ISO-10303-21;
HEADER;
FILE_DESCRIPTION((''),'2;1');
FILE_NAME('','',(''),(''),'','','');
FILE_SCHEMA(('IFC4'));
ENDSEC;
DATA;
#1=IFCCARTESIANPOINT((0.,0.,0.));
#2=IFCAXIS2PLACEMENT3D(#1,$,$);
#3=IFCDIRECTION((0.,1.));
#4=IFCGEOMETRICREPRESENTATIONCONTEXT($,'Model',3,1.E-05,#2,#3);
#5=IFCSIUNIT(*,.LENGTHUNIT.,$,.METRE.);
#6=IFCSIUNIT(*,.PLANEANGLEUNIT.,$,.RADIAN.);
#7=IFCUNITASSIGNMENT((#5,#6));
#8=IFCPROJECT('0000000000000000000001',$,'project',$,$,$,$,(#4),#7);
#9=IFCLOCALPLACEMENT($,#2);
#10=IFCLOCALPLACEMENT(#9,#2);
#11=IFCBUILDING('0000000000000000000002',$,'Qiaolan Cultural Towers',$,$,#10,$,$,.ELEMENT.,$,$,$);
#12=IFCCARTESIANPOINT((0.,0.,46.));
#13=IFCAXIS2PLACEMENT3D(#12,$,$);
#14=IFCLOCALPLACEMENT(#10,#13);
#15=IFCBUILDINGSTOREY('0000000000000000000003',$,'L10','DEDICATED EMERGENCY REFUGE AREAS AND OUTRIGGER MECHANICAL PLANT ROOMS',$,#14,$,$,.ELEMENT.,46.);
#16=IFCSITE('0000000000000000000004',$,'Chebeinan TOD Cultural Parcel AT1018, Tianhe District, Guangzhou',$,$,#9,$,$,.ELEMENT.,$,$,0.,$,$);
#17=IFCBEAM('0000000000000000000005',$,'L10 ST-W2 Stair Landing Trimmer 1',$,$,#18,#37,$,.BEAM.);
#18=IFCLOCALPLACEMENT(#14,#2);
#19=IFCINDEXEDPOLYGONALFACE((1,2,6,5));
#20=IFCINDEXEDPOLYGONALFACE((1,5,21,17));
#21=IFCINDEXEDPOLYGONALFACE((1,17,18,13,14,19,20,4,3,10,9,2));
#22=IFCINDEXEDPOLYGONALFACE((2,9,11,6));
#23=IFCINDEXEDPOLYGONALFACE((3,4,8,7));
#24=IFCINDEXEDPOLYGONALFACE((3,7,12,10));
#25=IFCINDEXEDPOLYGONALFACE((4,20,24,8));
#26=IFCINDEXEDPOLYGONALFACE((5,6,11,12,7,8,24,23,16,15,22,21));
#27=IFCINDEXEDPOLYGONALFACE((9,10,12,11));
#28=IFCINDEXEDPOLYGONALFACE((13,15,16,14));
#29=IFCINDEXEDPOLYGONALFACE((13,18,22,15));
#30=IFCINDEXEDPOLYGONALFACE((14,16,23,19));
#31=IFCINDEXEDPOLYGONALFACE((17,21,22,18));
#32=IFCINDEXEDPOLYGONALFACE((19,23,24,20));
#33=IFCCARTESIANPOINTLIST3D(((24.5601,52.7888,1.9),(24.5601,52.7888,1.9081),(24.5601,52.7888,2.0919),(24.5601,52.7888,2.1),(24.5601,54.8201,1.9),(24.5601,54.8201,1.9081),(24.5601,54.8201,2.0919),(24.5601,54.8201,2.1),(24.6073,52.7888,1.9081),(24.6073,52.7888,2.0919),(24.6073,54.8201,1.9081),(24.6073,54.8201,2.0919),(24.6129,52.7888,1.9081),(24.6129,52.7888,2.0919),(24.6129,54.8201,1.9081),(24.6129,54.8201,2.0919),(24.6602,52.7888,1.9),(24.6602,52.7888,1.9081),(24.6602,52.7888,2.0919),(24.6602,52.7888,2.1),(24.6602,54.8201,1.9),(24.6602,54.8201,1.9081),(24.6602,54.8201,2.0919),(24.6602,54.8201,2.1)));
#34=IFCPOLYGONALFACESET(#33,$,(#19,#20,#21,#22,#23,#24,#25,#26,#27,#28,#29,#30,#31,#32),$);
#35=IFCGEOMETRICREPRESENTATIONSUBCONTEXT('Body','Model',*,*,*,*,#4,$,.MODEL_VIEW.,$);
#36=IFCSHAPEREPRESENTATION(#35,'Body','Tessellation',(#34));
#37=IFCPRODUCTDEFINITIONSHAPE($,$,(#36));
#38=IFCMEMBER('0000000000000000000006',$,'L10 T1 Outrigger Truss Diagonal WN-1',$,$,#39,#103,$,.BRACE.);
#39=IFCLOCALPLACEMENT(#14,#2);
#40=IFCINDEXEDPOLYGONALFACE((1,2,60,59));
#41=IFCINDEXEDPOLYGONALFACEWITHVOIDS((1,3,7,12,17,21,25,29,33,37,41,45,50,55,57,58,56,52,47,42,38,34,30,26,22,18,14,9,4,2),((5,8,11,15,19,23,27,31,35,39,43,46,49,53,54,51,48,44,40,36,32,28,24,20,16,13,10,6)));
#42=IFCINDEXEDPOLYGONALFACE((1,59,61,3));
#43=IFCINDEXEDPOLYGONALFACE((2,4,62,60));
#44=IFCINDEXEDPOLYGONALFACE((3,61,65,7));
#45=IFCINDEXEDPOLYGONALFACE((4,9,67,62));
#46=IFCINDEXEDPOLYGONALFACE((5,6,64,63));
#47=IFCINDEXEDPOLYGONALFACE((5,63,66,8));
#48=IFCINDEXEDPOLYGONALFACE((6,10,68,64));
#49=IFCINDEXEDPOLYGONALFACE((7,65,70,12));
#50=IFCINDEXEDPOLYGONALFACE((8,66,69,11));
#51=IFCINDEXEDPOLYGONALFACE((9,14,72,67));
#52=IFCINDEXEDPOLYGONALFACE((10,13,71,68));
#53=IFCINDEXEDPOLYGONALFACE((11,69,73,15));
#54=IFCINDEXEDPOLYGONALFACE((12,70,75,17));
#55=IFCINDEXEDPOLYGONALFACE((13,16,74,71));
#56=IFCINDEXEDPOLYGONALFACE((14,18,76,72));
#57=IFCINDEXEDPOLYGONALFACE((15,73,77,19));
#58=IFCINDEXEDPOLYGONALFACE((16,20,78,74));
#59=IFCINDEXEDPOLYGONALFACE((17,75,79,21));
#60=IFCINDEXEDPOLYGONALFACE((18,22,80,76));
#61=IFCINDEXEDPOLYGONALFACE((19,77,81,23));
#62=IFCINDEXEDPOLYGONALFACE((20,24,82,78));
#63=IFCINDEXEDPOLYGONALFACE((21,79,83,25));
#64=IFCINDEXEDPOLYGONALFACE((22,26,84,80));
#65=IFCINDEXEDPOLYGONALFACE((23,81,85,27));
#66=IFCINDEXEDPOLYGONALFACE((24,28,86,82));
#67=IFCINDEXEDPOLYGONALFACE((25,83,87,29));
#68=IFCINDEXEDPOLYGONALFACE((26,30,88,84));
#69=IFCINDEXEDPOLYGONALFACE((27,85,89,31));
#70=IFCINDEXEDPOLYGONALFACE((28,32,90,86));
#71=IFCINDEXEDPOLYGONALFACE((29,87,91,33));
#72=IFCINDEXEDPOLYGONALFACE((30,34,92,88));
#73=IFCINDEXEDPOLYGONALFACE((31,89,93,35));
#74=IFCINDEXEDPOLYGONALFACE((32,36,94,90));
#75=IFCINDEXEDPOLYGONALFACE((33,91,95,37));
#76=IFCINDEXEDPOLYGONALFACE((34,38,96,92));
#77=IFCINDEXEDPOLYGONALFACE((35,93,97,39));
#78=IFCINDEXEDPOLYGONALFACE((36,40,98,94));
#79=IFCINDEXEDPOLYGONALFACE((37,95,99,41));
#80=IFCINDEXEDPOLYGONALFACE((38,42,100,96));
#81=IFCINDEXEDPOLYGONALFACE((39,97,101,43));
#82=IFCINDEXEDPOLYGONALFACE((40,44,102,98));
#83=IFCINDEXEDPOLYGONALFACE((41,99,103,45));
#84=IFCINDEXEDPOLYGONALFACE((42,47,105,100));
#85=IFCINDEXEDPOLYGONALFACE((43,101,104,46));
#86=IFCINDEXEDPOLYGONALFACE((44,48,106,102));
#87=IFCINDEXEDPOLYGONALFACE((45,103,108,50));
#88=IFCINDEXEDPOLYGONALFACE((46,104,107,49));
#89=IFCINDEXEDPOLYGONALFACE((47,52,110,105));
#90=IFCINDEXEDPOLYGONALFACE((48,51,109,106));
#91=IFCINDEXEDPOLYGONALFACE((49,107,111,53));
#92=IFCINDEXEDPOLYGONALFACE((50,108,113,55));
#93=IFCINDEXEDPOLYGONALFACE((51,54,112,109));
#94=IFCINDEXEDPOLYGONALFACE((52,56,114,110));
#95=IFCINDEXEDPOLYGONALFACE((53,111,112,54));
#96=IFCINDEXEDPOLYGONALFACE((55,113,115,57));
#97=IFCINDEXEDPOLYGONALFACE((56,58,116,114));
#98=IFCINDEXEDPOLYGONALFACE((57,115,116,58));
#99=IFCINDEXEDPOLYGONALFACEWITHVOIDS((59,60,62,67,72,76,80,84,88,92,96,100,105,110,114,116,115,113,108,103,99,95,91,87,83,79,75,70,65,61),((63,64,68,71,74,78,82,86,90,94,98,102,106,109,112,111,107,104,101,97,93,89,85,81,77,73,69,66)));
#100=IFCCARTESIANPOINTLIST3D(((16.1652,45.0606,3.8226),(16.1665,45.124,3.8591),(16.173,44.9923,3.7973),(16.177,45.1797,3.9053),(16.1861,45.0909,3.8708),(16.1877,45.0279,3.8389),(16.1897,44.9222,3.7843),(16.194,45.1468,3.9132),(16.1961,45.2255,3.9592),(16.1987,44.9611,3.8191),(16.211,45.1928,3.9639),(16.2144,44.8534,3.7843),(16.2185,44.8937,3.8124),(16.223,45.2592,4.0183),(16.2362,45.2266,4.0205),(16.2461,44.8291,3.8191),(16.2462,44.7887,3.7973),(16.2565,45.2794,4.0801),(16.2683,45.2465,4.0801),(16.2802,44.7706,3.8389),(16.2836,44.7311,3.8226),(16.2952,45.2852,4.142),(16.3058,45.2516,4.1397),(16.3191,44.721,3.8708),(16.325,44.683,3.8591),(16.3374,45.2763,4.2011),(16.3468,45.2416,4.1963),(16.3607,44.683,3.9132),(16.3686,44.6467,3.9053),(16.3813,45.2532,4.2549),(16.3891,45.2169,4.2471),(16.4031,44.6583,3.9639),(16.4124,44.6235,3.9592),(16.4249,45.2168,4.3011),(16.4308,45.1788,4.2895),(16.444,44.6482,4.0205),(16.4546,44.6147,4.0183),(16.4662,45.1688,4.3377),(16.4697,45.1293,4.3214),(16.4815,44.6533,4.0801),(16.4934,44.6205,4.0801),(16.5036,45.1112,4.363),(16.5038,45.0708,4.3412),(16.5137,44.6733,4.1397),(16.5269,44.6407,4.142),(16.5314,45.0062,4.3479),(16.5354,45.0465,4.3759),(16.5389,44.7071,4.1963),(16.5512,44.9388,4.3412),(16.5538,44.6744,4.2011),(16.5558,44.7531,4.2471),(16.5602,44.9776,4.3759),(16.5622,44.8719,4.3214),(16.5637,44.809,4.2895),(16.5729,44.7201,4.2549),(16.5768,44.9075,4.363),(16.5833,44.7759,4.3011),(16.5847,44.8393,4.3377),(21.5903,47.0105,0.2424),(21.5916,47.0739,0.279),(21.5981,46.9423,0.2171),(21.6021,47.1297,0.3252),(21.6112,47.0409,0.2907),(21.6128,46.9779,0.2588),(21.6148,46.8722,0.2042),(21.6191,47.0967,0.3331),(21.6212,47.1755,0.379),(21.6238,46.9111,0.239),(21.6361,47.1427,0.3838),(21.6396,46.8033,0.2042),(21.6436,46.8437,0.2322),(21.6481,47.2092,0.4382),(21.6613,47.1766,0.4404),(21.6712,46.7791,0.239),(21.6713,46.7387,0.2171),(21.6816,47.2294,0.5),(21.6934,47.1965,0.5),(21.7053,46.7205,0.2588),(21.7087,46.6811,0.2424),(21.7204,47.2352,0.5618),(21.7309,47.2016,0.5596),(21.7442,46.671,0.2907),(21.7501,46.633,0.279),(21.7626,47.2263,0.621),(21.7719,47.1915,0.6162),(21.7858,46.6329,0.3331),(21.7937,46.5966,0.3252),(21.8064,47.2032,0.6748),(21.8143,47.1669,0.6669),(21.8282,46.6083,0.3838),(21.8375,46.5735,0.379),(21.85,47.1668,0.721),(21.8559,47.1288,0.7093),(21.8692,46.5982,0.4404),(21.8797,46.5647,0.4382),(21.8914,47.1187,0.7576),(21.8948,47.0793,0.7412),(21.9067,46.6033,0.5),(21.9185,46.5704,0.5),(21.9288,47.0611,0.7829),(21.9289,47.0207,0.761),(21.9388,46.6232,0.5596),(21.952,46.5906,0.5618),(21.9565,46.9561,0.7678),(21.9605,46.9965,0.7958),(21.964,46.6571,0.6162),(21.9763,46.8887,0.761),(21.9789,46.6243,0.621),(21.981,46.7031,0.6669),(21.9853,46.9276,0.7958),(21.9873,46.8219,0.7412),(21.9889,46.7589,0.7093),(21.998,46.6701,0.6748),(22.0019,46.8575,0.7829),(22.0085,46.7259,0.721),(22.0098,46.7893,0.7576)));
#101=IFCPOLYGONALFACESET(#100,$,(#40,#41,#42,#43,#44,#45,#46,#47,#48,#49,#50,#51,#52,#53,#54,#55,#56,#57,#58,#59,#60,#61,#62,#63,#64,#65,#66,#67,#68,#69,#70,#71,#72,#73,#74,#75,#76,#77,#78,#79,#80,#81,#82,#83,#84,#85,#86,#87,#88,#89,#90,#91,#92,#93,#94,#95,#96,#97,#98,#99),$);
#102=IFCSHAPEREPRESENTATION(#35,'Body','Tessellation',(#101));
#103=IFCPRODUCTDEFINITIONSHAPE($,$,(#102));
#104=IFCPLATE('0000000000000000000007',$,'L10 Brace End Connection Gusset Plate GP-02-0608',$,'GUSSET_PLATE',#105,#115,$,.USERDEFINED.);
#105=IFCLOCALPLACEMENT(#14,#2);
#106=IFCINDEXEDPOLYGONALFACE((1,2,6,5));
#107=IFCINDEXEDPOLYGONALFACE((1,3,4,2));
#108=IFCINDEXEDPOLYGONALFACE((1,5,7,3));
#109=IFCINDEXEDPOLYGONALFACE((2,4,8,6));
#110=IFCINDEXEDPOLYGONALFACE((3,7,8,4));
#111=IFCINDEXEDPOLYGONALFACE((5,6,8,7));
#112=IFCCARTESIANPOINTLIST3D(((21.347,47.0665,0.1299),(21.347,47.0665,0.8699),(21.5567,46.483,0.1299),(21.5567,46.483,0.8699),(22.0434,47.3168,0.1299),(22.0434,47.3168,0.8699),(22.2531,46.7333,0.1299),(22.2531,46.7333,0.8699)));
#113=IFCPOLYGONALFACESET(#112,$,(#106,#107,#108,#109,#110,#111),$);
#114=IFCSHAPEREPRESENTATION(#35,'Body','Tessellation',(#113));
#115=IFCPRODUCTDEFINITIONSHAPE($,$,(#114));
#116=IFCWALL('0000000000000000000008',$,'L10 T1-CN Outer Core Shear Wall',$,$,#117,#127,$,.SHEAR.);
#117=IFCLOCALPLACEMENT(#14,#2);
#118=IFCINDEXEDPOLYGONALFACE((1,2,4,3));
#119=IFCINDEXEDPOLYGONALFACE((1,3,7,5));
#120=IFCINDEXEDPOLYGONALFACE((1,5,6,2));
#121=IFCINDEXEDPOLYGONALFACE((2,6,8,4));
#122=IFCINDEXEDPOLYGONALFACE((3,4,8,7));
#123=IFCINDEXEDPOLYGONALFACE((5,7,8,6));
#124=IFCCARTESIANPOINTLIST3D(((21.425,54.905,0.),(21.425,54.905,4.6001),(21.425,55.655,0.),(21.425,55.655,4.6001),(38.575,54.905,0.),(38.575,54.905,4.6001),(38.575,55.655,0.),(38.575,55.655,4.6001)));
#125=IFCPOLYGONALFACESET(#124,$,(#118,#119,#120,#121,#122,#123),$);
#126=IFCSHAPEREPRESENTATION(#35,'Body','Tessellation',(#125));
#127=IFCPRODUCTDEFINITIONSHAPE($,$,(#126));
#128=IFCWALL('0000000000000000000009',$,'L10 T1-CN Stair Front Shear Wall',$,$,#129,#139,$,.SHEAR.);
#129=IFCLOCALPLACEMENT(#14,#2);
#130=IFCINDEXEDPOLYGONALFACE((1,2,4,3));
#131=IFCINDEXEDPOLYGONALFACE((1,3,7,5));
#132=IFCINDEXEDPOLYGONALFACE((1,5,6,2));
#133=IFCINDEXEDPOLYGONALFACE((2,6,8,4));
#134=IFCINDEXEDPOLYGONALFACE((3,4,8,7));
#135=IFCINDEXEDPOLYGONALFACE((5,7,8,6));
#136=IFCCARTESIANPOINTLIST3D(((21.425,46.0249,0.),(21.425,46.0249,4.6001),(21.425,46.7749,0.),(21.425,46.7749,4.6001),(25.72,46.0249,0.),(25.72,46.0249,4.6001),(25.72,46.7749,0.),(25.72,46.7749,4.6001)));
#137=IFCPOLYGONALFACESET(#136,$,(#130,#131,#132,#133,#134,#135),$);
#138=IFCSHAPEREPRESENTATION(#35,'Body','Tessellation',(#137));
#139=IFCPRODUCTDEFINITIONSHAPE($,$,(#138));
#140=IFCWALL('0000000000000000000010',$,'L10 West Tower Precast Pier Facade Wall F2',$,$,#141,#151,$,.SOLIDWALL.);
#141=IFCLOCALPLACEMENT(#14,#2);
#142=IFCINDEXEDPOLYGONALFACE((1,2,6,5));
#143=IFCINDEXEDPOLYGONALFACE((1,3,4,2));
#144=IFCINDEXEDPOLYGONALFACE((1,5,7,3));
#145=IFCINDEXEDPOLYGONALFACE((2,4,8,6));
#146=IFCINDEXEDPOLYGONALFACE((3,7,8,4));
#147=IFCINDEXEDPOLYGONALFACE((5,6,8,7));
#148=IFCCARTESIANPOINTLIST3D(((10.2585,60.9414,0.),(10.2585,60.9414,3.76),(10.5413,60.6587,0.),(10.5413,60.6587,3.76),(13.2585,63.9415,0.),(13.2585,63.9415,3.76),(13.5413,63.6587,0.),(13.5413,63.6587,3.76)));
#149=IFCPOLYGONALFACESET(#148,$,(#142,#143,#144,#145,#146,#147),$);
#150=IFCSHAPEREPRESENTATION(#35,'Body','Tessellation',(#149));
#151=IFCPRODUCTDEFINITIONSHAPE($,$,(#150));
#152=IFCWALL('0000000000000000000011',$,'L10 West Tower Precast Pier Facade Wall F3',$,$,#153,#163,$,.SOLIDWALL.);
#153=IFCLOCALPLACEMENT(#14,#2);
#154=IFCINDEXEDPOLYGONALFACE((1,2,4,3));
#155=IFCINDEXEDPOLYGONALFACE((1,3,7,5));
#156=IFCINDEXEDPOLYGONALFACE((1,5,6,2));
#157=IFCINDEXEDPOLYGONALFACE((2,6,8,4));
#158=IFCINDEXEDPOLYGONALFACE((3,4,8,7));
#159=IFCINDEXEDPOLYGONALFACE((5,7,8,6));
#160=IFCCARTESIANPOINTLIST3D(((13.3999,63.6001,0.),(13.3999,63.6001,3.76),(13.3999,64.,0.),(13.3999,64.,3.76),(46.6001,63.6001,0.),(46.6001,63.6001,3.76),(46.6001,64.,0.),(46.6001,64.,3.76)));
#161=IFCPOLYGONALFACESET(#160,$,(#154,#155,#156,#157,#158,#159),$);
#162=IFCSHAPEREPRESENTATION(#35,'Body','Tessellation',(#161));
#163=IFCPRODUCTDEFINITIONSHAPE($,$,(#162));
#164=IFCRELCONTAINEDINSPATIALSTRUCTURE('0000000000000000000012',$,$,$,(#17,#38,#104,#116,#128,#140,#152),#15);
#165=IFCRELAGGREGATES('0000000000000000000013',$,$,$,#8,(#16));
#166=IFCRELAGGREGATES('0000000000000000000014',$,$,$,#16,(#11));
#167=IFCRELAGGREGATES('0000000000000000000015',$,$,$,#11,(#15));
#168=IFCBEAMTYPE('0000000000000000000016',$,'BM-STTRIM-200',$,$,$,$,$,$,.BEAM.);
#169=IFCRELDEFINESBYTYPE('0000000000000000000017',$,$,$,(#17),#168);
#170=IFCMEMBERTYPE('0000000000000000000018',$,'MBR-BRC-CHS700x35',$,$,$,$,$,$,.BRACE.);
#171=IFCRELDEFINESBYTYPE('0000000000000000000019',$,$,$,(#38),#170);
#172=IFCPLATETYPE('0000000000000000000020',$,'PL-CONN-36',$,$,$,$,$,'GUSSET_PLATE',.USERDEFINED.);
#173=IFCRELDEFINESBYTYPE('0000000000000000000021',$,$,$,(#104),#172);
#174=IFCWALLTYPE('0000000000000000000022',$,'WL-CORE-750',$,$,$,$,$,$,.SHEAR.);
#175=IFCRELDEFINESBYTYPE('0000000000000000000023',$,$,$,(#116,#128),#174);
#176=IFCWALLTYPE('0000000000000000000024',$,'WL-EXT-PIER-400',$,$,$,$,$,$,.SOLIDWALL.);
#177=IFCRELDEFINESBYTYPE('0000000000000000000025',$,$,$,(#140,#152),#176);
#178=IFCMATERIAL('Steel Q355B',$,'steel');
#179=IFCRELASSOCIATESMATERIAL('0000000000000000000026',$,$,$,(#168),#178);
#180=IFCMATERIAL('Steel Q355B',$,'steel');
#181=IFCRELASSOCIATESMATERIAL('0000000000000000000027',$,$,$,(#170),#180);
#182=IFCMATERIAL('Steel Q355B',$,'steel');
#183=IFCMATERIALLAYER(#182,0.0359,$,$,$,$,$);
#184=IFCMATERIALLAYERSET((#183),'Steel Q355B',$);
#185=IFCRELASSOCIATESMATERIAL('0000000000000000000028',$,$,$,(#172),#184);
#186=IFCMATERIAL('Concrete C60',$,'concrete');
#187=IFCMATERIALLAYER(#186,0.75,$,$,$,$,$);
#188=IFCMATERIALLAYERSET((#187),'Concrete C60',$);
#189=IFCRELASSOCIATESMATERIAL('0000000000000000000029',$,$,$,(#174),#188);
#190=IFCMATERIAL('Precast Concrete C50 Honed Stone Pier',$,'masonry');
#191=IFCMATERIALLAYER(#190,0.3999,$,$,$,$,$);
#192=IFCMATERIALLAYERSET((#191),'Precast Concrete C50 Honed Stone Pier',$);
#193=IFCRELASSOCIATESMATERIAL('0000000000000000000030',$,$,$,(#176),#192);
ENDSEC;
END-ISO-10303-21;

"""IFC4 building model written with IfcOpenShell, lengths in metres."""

from ifc_helpers import new_model, si_unit, direction, frame, frame_2d, origin, origin_2d, place, context, subcontext, project, spatial, rectangle, hollow_circle, i_section, extrude, material, layer, layer_set, material_profile, profile_set, type_object, element, save


model = new_model("IFC4")

# Units and contexts
model_context = context("Model", 3, precision=1e-05, world=origin(), true_north=direction((0.0, 1.0)))
body_context = subcontext(model_context, "Body", "Model", "MODEL_VIEW")
ifc_project = project(units=[si_unit("LENGTHUNIT", "METRE"), si_unit("PLANEANGLEUNIT", "RADIAN")], contexts=[model_context])

# Site, building, storey
site_placement = place(None, origin())
site = spatial("IfcSite", under=ifc_project, at=site_placement, Name="Chebeinan TOD Cultural Parcel AT1018, Tianhe District, Guangzhou", CompositionType="ELEMENT", RefElevation=0.0)
building_placement = place(site_placement, origin())
building = spatial("IfcBuilding", under=site, at=building_placement, Name="Qiaolan Cultural Towers", CompositionType="ELEMENT")
storey_placement = place(building_placement, frame((0.0, 0.0, 46.0)))
storey = spatial("IfcBuildingStorey", under=building, at=storey_placement, Name="L10", Description="DEDICATED EMERGENCY REFUGE AREAS AND OUTRIGGER MECHANICAL PLANT ROOMS", CompositionType="ELEMENT", Elevation=46.0)

# Beam
ifc_material_1 = material(Name="Steel Q355B", Category="steel")
ifc_material_profile_1 = material_profile(ifc_material_1, i_section(OverallWidth=0.1001, OverallDepth=0.2, WebThickness=0.0056, FlangeThickness=0.0081, at=origin_2d()), Name="HN200x100x5.5x8")
ifc_profile_set_1 = profile_set([ifc_material_profile_1], Name="Steel Q355B")
beam_type_1 = type_object("IfcBeamType", Name="BM-STTRIM-200", PredefinedType="BEAM", material=ifc_profile_set_1)
beam_1_placement = place(storey_placement, frame((24.6101, 52.7888, 2.0), z_axis=(0.0, 1.0, 0.0), x_axis=(-1.0, 0.0, 0.0)))
element("IfcBeam", 1, at=beam_1_placement, inside=storey, type_object=beam_type_1, Name="L10 ST-W2 Stair Landing Trimmer 1", PredefinedType="BEAM", context=body_context, shape_type="SweptSolid", body=[
    extrude(i_section(OverallWidth=0.1001, OverallDepth=0.2, WebThickness=0.0056, FlangeThickness=0.0081, at=origin_2d()), origin(), (0.0, 0.0, 1.0), 2.0312),
])

# Member
ifc_material_2 = material(Name="Steel Q355B", Category="steel")
ifc_material_profile_2 = material_profile(ifc_material_2, hollow_circle(Radius=0.3501, WallThickness=0.0349, at=origin_2d()), Name="CHS700x35")
ifc_profile_set_2 = profile_set([ifc_material_profile_2], Name="Steel Q355B")
member_type = type_object("IfcMemberType", Name="MBR-BRC-CHS700x35", PredefinedType="BRACE", material=ifc_profile_set_2)
member_placement = place(storey_placement, frame((21.8, 46.8999, 0.5), z_axis=(-0.799442, -0.287347, 0.527565), x_axis=(0.338249, -0.941057, 0.0)))
element("IfcMember", 2, at=member_placement, inside=storey, type_object=member_type, Name="L10 T1 Outrigger Truss Diagonal WN-1", PredefinedType="BRACE", context=body_context, shape_type="SweptSolid", body=[
    extrude(hollow_circle(Radius=0.3501, WallThickness=0.0349, at=origin_2d()), origin(), (0.0, 0.0, 1.0), 6.7861),
])

# Plate
ifc_material_3 = material(Name="Steel Q355B", Category="steel")
ifc_layer_1 = layer(ifc_material_3, 0.0359)
ifc_layer_set_1 = layer_set([ifc_layer_1], Name="Steel Q355B")
plate_type = type_object("IfcPlateType", Name="PL-CONN-36", ElementType="GUSSET_PLATE", PredefinedType="USERDEFINED", material=ifc_layer_set_1)
plate_placement = place(storey_placement, frame((21.8, 46.8999, 0.1299), z_axis=(0.0, 0.0, 1.0), x_axis=(0.941053, 0.338259, 0.0)))
element("IfcPlate", 3, at=plate_placement, inside=storey, type_object=plate_type, Name="L10 Brace End Connection Gusset Plate GP-02-0608", ObjectType="GUSSET_PLATE", PredefinedType="USERDEFINED", context=body_context, shape_type="SweptSolid", body=[
    extrude(rectangle(XDim=0.74, YDim=0.6201, at=origin_2d()), origin(), (0.0, 0.0, 1.0), 0.74),
])

# Walls
ifc_material_4 = material(Name="Concrete C60", Category="concrete")
ifc_layer_2 = layer(ifc_material_4, 0.75)
ifc_layer_set_2 = layer_set([ifc_layer_2], Name="Concrete C60")
wall_type_1 = type_object("IfcWallType", Name="WL-CORE-750", PredefinedType="SHEAR", material=ifc_layer_set_2)
wall_1_placement = place(storey_placement, frame((21.425, 55.28, 0.0), z_axis=(0.0, 0.0, 1.0), x_axis=(1.0, 0.0, 0.0)))
element("IfcWall", 4, at=wall_1_placement, inside=storey, type_object=wall_type_1, Name="L10 T1-CN Outer Core Shear Wall", PredefinedType="SHEAR", context=body_context, shape_type="SweptSolid", body=[
    extrude(rectangle(XDim=17.1499, YDim=0.75, at=frame_2d((8.575, 0.0))), origin(), (0.0, 0.0, 1.0), 4.6001),
])
wall_2_placement = place(storey_placement, frame((21.425, 46.3999, 0.0), z_axis=(0.0, 0.0, 1.0), x_axis=(1.0, 0.0, 0.0)))
element("IfcWall", 5, at=wall_2_placement, inside=storey, type_object=wall_type_1, Name="L10 T1-CN Stair Front Shear Wall", PredefinedType="SHEAR", context=body_context, shape_type="SweptSolid", body=[
    extrude(rectangle(XDim=4.2949, YDim=0.75, at=frame_2d((2.1475, 0.0))), origin(), (0.0, 0.0, 1.0), 4.6001),
])
ifc_material_5 = material(Name="Precast Concrete C50 Honed Stone Pier", Category="masonry")
ifc_layer_3 = layer(ifc_material_5, 0.3999)
ifc_layer_set_3 = layer_set([ifc_layer_3], Name="Precast Concrete C50 Honed Stone Pier")
wall_type_2 = type_object("IfcWallType", Name="WL-EXT-PIER-400", PredefinedType="SOLIDWALL", material=ifc_layer_set_3)
wall_3_placement = place(storey_placement, frame((10.3999, 60.8, 0.0), z_axis=(0.0, 0.0, 1.0), x_axis=(0.707107, 0.707107, 0.0)))
element("IfcWall", 6, at=wall_3_placement, inside=storey, type_object=wall_type_2, Name="L10 West Tower Precast Pier Facade Wall F2", PredefinedType="SOLIDWALL", context=body_context, shape_type="SweptSolid", body=[
    extrude(rectangle(XDim=4.2427, YDim=0.3999, at=frame_2d((2.1213, 0.0))), origin(), (0.0, 0.0, 1.0), 3.76),
])
wall_4_placement = place(storey_placement, frame((13.3999, 63.8, 0.0), z_axis=(0.0, 0.0, 1.0), x_axis=(1.0, 0.0, 0.0)))
element("IfcWall", 7, at=wall_4_placement, inside=storey, type_object=wall_type_2, Name="L10 West Tower Precast Pier Facade Wall F3", PredefinedType="SOLIDWALL", context=body_context, shape_type="SweptSolid", body=[
    extrude(rectangle(XDim=33.2002, YDim=0.3999, at=frame_2d((16.6001, 0.0))), origin(), (0.0, 0.0, 1.0), 3.76),
])

save(model, "model.ifc")
